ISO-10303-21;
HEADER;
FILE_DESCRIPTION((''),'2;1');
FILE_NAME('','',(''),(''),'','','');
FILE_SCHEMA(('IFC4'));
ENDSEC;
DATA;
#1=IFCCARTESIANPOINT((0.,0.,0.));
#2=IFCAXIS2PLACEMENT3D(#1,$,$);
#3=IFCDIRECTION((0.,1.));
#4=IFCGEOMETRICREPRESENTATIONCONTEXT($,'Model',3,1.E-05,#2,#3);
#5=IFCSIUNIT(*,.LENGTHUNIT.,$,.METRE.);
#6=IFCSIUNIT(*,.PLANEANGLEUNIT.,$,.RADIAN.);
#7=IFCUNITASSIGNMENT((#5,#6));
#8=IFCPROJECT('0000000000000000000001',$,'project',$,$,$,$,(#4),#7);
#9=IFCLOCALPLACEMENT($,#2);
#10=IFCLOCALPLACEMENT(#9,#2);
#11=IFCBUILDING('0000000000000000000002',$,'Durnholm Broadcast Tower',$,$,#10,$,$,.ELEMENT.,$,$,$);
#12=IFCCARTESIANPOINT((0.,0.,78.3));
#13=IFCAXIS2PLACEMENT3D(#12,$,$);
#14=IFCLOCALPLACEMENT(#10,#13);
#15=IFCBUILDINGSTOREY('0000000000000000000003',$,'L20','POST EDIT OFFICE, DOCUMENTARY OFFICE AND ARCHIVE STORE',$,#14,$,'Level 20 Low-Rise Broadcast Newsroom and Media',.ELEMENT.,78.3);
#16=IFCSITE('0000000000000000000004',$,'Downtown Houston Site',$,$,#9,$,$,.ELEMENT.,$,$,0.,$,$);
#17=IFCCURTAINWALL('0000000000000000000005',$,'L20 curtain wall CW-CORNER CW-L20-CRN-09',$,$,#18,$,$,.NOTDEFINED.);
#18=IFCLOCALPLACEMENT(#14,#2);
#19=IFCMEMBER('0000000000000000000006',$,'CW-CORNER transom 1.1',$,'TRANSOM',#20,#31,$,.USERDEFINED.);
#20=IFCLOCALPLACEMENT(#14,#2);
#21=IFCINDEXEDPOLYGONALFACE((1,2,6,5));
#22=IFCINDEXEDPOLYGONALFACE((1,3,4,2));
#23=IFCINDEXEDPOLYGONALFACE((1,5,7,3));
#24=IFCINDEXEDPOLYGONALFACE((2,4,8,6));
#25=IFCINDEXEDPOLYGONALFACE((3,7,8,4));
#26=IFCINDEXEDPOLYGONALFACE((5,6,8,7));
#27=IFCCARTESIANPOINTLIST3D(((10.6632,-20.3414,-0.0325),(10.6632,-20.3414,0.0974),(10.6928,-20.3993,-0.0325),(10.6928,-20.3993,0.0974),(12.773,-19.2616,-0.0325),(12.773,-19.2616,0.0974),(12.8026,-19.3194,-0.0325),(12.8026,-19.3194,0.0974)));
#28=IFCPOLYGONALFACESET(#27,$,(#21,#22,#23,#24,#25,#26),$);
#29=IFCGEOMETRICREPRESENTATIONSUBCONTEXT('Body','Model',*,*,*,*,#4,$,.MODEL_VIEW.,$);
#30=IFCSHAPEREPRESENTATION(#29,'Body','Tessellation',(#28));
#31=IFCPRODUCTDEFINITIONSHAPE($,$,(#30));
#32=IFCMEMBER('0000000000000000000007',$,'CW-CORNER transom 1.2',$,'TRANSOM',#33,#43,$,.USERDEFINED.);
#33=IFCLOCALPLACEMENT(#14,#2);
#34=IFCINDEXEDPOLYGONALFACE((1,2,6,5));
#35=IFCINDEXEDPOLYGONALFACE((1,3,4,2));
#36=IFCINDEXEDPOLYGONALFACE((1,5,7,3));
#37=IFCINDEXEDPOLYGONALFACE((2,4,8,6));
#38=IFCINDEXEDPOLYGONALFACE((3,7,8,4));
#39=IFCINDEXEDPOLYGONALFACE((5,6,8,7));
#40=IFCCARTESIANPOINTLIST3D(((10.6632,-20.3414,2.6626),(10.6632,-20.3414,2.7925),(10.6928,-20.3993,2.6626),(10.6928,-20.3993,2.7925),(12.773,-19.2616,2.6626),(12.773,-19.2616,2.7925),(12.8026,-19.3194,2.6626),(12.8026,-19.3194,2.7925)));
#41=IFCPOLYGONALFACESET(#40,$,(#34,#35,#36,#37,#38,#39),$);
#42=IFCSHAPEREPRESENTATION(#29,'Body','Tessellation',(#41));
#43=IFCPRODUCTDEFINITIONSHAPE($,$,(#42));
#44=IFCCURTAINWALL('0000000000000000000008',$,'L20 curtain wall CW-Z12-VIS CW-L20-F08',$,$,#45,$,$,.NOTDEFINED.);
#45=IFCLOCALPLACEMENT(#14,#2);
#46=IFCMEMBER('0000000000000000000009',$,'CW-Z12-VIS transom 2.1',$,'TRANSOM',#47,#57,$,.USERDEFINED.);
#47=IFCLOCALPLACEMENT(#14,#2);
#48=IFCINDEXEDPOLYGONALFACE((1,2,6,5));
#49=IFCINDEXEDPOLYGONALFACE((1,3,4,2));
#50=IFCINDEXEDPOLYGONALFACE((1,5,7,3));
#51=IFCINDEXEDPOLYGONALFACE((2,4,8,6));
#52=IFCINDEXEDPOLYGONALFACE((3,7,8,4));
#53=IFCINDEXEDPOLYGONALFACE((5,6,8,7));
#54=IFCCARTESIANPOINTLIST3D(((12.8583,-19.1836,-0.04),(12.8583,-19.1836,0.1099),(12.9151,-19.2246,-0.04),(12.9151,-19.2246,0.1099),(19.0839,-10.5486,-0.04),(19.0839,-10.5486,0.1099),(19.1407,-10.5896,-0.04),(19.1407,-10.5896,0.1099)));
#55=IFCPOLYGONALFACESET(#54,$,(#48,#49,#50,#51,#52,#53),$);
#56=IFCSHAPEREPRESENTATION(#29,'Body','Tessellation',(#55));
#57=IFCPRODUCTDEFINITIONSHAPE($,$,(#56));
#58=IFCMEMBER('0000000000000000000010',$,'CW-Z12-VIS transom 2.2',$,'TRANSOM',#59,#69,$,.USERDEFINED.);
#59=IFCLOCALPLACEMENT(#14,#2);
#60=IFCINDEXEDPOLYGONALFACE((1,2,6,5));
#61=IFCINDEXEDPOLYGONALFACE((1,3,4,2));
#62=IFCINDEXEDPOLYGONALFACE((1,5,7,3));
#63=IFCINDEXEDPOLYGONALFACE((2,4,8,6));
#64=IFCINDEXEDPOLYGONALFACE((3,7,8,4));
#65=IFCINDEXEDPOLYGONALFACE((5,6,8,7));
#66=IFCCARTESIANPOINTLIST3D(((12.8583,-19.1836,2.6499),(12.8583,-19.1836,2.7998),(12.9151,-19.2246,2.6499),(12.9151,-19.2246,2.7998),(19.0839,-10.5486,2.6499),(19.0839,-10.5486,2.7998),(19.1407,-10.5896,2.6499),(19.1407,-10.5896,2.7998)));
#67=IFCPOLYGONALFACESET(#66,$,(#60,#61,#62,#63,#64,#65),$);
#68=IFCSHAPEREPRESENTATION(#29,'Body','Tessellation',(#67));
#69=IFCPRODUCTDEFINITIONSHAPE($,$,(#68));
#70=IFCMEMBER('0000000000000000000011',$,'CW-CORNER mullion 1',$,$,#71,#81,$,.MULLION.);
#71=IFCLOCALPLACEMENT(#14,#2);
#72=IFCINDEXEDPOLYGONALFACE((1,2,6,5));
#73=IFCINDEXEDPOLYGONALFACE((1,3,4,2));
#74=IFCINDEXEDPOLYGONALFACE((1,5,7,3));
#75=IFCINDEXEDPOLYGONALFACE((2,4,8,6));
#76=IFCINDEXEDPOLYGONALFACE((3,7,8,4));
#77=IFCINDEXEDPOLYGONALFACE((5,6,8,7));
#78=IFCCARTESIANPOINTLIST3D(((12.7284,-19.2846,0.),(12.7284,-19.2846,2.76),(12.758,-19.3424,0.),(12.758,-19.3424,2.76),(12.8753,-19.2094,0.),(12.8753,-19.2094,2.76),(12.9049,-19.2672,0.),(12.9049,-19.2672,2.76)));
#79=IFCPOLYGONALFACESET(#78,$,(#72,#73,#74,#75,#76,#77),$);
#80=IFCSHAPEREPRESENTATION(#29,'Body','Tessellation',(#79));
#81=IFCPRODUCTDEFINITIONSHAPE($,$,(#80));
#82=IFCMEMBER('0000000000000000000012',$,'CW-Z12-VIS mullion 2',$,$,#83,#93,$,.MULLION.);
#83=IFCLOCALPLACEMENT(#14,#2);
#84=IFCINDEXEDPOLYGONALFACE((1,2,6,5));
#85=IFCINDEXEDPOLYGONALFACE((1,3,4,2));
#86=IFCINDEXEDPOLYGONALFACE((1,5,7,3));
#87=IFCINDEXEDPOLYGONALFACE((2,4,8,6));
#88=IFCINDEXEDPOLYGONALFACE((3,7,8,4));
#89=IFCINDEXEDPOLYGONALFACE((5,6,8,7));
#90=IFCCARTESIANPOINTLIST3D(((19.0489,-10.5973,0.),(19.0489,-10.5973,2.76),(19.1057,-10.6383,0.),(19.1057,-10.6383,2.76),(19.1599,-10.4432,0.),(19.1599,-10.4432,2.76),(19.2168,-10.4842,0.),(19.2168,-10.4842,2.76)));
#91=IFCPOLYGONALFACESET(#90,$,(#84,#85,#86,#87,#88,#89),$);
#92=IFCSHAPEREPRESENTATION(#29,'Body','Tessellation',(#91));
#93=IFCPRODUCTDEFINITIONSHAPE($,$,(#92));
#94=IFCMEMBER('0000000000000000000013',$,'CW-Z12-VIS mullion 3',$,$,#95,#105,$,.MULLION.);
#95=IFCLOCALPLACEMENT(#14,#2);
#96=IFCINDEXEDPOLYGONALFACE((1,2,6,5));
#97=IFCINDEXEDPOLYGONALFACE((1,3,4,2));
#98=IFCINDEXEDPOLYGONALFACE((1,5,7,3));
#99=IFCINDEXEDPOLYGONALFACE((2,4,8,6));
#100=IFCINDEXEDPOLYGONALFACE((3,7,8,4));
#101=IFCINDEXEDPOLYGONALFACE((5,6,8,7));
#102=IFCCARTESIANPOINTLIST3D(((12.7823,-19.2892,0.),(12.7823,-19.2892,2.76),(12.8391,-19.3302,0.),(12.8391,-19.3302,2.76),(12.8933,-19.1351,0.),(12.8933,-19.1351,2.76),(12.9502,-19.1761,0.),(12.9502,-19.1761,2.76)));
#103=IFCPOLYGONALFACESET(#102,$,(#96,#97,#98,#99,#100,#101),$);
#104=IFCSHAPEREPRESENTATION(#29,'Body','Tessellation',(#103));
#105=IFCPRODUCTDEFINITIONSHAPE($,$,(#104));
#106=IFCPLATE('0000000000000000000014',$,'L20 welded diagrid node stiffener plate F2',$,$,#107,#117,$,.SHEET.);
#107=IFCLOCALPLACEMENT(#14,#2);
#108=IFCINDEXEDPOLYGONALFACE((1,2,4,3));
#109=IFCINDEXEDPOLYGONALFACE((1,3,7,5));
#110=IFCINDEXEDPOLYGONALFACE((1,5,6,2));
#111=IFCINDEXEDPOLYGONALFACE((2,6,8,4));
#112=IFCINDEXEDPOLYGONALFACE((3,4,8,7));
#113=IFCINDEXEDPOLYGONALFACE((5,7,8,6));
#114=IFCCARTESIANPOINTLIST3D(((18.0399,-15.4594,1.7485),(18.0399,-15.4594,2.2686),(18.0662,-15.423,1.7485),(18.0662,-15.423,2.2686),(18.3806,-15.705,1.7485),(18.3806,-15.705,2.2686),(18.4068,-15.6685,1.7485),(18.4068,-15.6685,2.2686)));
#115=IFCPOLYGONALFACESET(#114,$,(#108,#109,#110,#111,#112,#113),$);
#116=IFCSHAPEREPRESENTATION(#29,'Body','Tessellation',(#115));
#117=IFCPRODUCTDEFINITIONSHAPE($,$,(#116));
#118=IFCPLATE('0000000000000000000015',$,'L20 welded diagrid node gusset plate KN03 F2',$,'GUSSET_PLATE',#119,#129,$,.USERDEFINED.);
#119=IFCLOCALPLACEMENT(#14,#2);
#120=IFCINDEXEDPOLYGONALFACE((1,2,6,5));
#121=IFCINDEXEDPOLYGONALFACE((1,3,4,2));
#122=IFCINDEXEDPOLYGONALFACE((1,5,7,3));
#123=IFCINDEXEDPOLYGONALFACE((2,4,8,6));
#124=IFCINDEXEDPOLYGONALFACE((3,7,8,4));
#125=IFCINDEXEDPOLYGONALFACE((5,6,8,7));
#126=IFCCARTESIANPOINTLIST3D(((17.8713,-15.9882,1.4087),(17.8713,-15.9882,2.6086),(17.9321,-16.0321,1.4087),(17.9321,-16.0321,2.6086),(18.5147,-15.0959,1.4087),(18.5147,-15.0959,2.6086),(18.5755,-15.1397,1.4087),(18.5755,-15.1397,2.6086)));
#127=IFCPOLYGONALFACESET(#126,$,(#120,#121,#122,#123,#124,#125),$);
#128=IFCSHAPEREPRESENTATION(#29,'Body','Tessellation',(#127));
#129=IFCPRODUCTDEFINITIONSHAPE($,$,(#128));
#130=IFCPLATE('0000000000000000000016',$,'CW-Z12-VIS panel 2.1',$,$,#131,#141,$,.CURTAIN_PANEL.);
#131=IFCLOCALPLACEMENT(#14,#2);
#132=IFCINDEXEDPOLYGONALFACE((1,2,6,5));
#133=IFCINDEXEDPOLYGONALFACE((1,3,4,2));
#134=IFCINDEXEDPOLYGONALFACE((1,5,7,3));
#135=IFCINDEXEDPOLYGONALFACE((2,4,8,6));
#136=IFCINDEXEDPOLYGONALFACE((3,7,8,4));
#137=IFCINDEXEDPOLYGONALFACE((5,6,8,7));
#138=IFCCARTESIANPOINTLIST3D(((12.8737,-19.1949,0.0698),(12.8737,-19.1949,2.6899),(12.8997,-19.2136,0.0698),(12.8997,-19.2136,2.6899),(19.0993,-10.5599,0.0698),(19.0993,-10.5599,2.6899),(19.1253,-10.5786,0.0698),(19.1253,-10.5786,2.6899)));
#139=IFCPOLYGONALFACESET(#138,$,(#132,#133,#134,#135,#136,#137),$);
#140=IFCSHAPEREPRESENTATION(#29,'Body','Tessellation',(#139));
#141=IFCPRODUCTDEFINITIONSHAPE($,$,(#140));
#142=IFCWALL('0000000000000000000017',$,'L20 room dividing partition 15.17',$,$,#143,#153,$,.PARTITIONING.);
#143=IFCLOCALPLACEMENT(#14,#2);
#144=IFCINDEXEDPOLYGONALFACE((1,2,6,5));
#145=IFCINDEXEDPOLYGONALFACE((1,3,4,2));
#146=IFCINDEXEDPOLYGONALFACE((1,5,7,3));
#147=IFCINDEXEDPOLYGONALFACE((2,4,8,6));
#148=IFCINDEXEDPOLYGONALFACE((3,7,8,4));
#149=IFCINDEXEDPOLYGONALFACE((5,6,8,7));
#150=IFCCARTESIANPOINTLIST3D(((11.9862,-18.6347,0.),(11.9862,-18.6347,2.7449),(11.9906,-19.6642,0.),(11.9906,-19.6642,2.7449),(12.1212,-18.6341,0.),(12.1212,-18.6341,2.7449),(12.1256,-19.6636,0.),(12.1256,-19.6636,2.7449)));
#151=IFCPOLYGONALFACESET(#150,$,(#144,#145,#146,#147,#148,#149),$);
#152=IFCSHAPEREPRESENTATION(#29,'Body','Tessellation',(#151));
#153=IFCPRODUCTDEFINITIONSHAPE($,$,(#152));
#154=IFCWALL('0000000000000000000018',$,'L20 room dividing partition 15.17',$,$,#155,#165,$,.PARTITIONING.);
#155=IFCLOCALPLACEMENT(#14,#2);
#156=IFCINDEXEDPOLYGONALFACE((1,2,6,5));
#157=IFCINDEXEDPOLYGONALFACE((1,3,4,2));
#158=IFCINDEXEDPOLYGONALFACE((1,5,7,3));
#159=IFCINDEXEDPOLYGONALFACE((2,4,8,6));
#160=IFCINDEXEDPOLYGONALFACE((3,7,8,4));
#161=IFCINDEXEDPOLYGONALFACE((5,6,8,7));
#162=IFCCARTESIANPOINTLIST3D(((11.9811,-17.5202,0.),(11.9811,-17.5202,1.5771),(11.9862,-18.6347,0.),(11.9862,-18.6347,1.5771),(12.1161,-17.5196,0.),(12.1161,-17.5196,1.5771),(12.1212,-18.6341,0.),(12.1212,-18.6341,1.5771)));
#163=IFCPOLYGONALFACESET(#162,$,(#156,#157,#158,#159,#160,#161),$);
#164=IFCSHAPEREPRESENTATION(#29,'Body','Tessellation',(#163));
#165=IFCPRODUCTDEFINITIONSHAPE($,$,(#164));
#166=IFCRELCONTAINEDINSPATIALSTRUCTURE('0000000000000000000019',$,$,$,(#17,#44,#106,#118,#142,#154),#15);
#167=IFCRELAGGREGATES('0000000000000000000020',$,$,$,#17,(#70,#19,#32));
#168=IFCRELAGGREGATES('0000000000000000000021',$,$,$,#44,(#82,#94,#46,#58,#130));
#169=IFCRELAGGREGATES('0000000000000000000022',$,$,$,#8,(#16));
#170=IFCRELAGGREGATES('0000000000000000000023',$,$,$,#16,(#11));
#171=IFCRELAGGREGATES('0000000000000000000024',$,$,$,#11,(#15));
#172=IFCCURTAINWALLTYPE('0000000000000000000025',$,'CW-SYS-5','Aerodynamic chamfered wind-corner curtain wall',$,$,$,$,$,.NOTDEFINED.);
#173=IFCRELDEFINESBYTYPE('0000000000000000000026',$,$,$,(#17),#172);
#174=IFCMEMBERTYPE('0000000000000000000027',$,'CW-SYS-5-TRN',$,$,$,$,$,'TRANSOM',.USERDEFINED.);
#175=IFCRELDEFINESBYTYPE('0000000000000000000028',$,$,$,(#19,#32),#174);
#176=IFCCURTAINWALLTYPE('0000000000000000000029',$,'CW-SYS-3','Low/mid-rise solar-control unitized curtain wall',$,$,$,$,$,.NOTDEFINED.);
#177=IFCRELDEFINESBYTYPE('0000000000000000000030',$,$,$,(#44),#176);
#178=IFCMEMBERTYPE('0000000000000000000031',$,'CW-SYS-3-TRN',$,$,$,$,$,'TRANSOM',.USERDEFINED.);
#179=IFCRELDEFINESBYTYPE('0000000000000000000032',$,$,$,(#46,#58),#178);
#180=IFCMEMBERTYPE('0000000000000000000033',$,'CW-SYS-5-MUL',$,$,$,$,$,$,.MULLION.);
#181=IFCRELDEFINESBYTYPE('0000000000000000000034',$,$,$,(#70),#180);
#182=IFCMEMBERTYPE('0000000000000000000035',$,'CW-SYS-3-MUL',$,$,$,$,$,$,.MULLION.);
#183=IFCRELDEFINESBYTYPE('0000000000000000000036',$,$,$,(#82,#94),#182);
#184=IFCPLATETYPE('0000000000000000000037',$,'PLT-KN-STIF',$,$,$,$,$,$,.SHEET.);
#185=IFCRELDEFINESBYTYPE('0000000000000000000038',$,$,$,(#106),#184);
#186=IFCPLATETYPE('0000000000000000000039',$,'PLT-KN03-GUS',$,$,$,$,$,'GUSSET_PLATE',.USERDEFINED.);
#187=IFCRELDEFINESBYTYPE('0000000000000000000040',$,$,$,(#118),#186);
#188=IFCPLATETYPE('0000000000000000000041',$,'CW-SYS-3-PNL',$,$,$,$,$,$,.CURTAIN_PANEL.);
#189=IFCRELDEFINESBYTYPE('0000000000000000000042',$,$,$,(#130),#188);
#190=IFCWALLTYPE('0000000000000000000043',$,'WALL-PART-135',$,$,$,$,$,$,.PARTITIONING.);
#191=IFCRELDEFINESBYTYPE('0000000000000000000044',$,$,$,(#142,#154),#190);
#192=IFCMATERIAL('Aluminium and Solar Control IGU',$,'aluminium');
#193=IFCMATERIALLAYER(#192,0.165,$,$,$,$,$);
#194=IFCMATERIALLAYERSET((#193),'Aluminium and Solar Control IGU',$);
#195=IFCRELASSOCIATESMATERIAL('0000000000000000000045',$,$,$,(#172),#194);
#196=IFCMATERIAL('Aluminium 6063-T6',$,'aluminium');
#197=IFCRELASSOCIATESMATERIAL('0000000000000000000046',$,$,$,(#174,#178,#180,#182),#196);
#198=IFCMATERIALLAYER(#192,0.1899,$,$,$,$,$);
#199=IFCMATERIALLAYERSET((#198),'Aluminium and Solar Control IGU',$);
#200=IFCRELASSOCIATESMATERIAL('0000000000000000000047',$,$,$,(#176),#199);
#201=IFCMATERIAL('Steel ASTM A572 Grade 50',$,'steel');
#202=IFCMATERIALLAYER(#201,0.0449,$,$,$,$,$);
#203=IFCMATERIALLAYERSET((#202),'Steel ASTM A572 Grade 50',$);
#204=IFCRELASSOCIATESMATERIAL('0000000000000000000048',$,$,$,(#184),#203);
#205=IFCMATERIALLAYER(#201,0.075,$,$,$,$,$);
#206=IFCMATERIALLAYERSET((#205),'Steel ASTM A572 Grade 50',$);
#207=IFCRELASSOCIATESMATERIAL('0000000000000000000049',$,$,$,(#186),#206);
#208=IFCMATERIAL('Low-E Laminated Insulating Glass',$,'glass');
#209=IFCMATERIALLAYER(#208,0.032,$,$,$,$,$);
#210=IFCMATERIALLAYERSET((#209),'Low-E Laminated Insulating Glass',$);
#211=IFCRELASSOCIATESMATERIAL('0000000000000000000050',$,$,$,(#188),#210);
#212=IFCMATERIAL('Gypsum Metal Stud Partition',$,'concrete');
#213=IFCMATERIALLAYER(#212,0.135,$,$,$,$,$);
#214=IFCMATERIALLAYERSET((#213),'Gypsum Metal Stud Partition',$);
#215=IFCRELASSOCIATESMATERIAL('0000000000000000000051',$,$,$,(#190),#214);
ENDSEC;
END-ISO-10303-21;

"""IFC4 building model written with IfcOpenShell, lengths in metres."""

from ifc_helpers import new_model, si_unit, direction, frame, frame_2d, origin, origin_2d, place, context, subcontext, project, spatial, rectangle, extrude, source, transform, mapped, material, layer, layer_set, material_profile, profile_set, type_object, type_shapes, element, aggregate, save


model = new_model("IFC4")

# Units and contexts
model_context = context("Model", 3, precision=1e-05, world=origin(), true_north=direction((0.0, 1.0)))
body_context = subcontext(model_context, "Body", "Model", "MODEL_VIEW")
ifc_project = project(units=[si_unit("LENGTHUNIT", "METRE"), si_unit("PLANEANGLEUNIT", "RADIAN")], contexts=[model_context])

# Site, building, storey
site_placement = place(None, origin())
site = spatial("IfcSite", under=ifc_project, at=site_placement, Name="Downtown Houston Site", CompositionType="ELEMENT", RefElevation=0.0)
building_placement = place(site_placement, origin())
building = spatial("IfcBuilding", under=site, at=building_placement, Name="Durnholm Broadcast Tower", CompositionType="ELEMENT")
storey_placement = place(building_placement, frame((0.0, 0.0, 78.3)))
storey = spatial("IfcBuildingStorey", under=building, at=storey_placement, Name="L20", Description="POST EDIT OFFICE, DOCUMENTARY OFFICE AND ARCHIVE STORE", LongName="Level 20 Low-Rise Broadcast Newsroom and Media", CompositionType="ELEMENT", Elevation=78.3)

# Curtain walls, members
ifc_material_1 = material(Name="Aluminium and Solar Control IGU", Category="aluminium")
ifc_layer_1 = layer(ifc_material_1, 0.165)
ifc_layer_set_1 = layer_set([ifc_layer_1], Name="Aluminium and Solar Control IGU")
curtain_wall_type_1 = type_object("IfcCurtainWallType", Name="CW-SYS-5", Description="Aerodynamic chamfered wind-corner curtain wall", PredefinedType="NOTDEFINED", material=ifc_layer_set_1)
curtain_wall_1_placement = place(storey_placement, origin())
curtain_wall_1 = element("IfcCurtainWall", 1, at=curtain_wall_1_placement, inside=storey, type_object=curtain_wall_type_1, Name="L20 curtain wall CW-CORNER CW-L20-CRN-09", PredefinedType="NOTDEFINED")
ifc_material_2 = material(Name="Aluminium 6063-T6", Category="aluminium")
ifc_material_profile_1 = material_profile(ifc_material_2, rectangle(XDim=0.0649, YDim=0.1299, at=origin_2d()), Name="CWT65X130")
ifc_profile_set_1 = profile_set([ifc_material_profile_1], Name="Aluminium 6063-T6")
member_type_1 = type_object("IfcMemberType", Name="CW-SYS-5-TRN", ElementType="TRANSOM", PredefinedType="USERDEFINED", material=ifc_profile_set_1)
shared_shape_1 = source(origin(), body_context, "Body", "SweptSolid", [
    extrude(rectangle(XDim=0.0649, YDim=0.1299, at=origin_2d()), origin(), (0.0, 0.0, 1.0), 2.3701),
])
type_shapes(member_type_1, [shared_shape_1])
member_1_placement = place(storey_placement, frame((12.7878, -19.2905, 0.0325), z_axis=(-0.890185, -0.455599, 0.0), x_axis=(0.455599, -0.890185, 0.0)))
member_1 = element("IfcMember", 2, at=member_1_placement, type_object=member_type_1, Name="CW-CORNER transom 1.1", ObjectType="TRANSOM", PredefinedType="USERDEFINED", context=body_context, shape_type="MappedRepresentation", body=[
    mapped(shared_shape_1, transform((0.0, 0.0, 0.0), x_axis=(1.0, 0.0, 0.0), y_axis=(0.0, 1.0, 0.0), z_axis=(0.0, 0.0, 1.0), scale=1.0)),
])
member_2_placement = place(storey_placement, frame((12.7878, -19.2905, 2.7275), z_axis=(-0.890185, -0.455599, 0.0), x_axis=(0.455599, -0.890185, 0.0)))
member_2 = element("IfcMember", 3, at=member_2_placement, type_object=member_type_1, Name="CW-CORNER transom 1.2", ObjectType="TRANSOM", PredefinedType="USERDEFINED", context=body_context, shape_type="MappedRepresentation", body=[
    mapped(shared_shape_1, transform((0.0, 0.0, 0.0), x_axis=(1.0, 0.0, 0.0), y_axis=(0.0, 1.0, 0.0), z_axis=(0.0, 0.0, 1.0), scale=1.0)),
])
ifc_layer_2 = layer(ifc_material_1, 0.1899)
ifc_layer_set_2 = layer_set([ifc_layer_2], Name="Aluminium and Solar Control IGU")
curtain_wall_type_2 = type_object("IfcCurtainWallType", Name="CW-SYS-3", Description="Low/mid-rise solar-control unitized curtain wall", PredefinedType="NOTDEFINED", material=ifc_layer_set_2)
curtain_wall_2_placement = place(storey_placement, origin())
curtain_wall_2 = element("IfcCurtainWall", 4, at=curtain_wall_2_placement, inside=storey, type_object=curtain_wall_type_2, Name="L20 curtain wall CW-Z12-VIS CW-L20-F08", PredefinedType="NOTDEFINED")
ifc_material_profile_2 = material_profile(ifc_material_2, rectangle(XDim=0.0701, YDim=0.1499, at=origin_2d()), Name="CWT70X150")
ifc_profile_set_2 = profile_set([ifc_material_profile_2], Name="Aluminium 6063-T6")
member_type_2 = type_object("IfcMemberType", Name="CW-SYS-3-TRN", ElementType="TRANSOM", PredefinedType="USERDEFINED", material=ifc_profile_set_2)
shared_shape_2 = source(origin(), body_context, "Body", "SweptSolid", [
    extrude(rectangle(XDim=0.0701, YDim=0.1499, at=origin_2d()), origin(), (0.0, 0.0, 1.0), 10.6453),
])
type_shapes(member_type_2, [shared_shape_2])
member_3_placement = place(storey_placement, frame((19.1123, -10.5691, 0.0349), z_axis=(-0.584823, -0.811161, 0.0), x_axis=(0.811161, -0.584823, 0.0)))
member_3 = element("IfcMember", 5, at=member_3_placement, type_object=member_type_2, Name="CW-Z12-VIS transom 2.1", ObjectType="TRANSOM", PredefinedType="USERDEFINED", context=body_context, shape_type="MappedRepresentation", body=[
    mapped(shared_shape_2, transform((0.0, 0.0, 0.0), x_axis=(1.0, 0.0, 0.0), y_axis=(0.0, 1.0, 0.0), z_axis=(0.0, 0.0, 1.0), scale=1.0)),
])
member_4_placement = place(storey_placement, frame((19.1123, -10.5691, 2.7249), z_axis=(-0.584823, -0.811161, 0.0), x_axis=(0.811161, -0.584823, 0.0)))
member_4 = element("IfcMember", 6, at=member_4_placement, type_object=member_type_2, Name="CW-Z12-VIS transom 2.2", ObjectType="TRANSOM", PredefinedType="USERDEFINED", context=body_context, shape_type="MappedRepresentation", body=[
    mapped(shared_shape_2, transform((0.0, 0.0, 0.0), x_axis=(1.0, 0.0, 0.0), y_axis=(0.0, 1.0, 0.0), z_axis=(0.0, 0.0, 1.0), scale=1.0)),
])

# Members
ifc_material_profile_3 = material_profile(ifc_material_2, rectangle(XDim=0.0649, YDim=0.165, at=origin_2d()), Name="CWM65X165")
ifc_profile_set_3 = profile_set([ifc_material_profile_3], Name="Aluminium 6063-T6")
member_type_3 = type_object("IfcMemberType", Name="CW-SYS-5-MUL", PredefinedType="MULLION", material=ifc_profile_set_3)
shared_shape_3 = source(origin(), body_context, "Body", "SweptSolid", [
    extrude(rectangle(XDim=0.0649, YDim=0.165, at=origin_2d()), origin(), (0.0, 0.0, 1.0), 2.76),
])
type_shapes(member_type_3, [shared_shape_3])
member_5_placement = place(storey_placement, frame((12.8167, -19.2759, 0.0), z_axis=(0.0, 0.0, 1.0), x_axis=(0.455594, -0.890188, 0.0)))
member_5 = element("IfcMember", 7, at=member_5_placement, type_object=member_type_3, Name="CW-CORNER mullion 1", PredefinedType="MULLION", context=body_context, shape_type="MappedRepresentation", body=[
    mapped(shared_shape_3, transform((0.0, 0.0, 0.0), x_axis=(1.0, 0.0, 0.0), y_axis=(0.0, 1.0, 0.0), z_axis=(0.0, 0.0, 1.0), scale=1.0)),
])
aggregate(curtain_wall_1, [member_5, member_1, member_2])
ifc_material_profile_4 = material_profile(ifc_material_2, rectangle(XDim=0.0701, YDim=0.1899, at=origin_2d()), Name="CWM70X190")
ifc_profile_set_4 = profile_set([ifc_material_profile_4], Name="Aluminium 6063-T6")
member_type_4 = type_object("IfcMemberType", Name="CW-SYS-3-MUL", PredefinedType="MULLION", material=ifc_profile_set_4)
shared_shape_4 = source(origin(), body_context, "Body", "SweptSolid", [
    extrude(rectangle(XDim=0.0701, YDim=0.1899, at=origin_2d()), origin(), (0.0, 0.0, 1.0), 2.76),
])
type_shapes(member_type_4, [shared_shape_4])
member_6_placement = place(storey_placement, frame((19.1328, -10.5408, 0.0), z_axis=(0.0, 0.0, 1.0), x_axis=(0.811161, -0.584823, 0.0)))
member_6 = element("IfcMember", 8, at=member_6_placement, type_object=member_type_4, Name="CW-Z12-VIS mullion 2", PredefinedType="MULLION", context=body_context, shape_type="MappedRepresentation", body=[
    mapped(shared_shape_4, transform((0.0, 0.0, 0.0), x_axis=(1.0, 0.0, 0.0), y_axis=(0.0, 1.0, 0.0), z_axis=(0.0, 0.0, 1.0), scale=1.0)),
])
member_7_placement = place(storey_placement, frame((12.8662, -19.2327, 0.0), z_axis=(0.0, 0.0, 1.0), x_axis=(0.811161, -0.584823, 0.0)))
member_7 = element("IfcMember", 9, at=member_7_placement, type_object=member_type_4, Name="CW-Z12-VIS mullion 3", PredefinedType="MULLION", context=body_context, shape_type="MappedRepresentation", body=[
    mapped(shared_shape_4, transform((0.0, 0.0, 0.0), x_axis=(1.0, 0.0, 0.0), y_axis=(0.0, 1.0, 0.0), z_axis=(0.0, 0.0, 1.0), scale=1.0)),
])

# Plates
ifc_material_3 = material(Name="Steel ASTM A572 Grade 50", Category="steel")
ifc_layer_3 = layer(ifc_material_3, 0.0449)
ifc_layer_set_3 = layer_set([ifc_layer_3], Name="Steel ASTM A572 Grade 50")
plate_type_1 = type_object("IfcPlateType", Name="PLT-KN-STIF", PredefinedType="SHEET", material=ifc_layer_set_3)
shared_shape_5 = source(origin(), body_context, "Body", "SweptSolid", [
    extrude(rectangle(XDim=0.0449, YDim=0.4199, at=origin_2d()), origin(), (0.0, 0.0, 1.0), 0.52),
])
type_shapes(plate_type_1, [shared_shape_5])
plate_1_placement = place(storey_placement, frame((18.2234, -15.564, 1.7485), z_axis=(0.0, 0.0, 1.0), x_axis=(0.584816, 0.811166, 0.0)))
element("IfcPlate", 10, at=plate_1_placement, inside=storey, type_object=plate_type_1, Name="L20 welded diagrid node stiffener plate F2", PredefinedType="SHEET", context=body_context, shape_type="MappedRepresentation", body=[
    mapped(shared_shape_5, transform((0.0, 0.0, 0.0), x_axis=(1.0, 0.0, 0.0), y_axis=(0.0, 1.0, 0.0), z_axis=(0.0, 0.0, 1.0), scale=1.0)),
])
ifc_layer_4 = layer(ifc_material_3, 0.075)
ifc_layer_set_4 = layer_set([ifc_layer_4], Name="Steel ASTM A572 Grade 50")
plate_type_2 = type_object("IfcPlateType", Name="PLT-KN03-GUS", ElementType="GUSSET_PLATE", PredefinedType="USERDEFINED", material=ifc_layer_set_4)
shared_shape_6 = source(origin(), body_context, "Body", "SweptSolid", [
    extrude(rectangle(XDim=1.1001, YDim=0.075, at=origin_2d()), origin(), (0.0, 0.0, 1.0), 1.2),
])
type_shapes(plate_type_2, [shared_shape_6])
plate_2_placement = place(storey_placement, frame((18.2234, -15.564, 1.4087), z_axis=(0.0, 0.0, 1.0), x_axis=(0.584816, 0.811166, 0.0)))
element("IfcPlate", 11, at=plate_2_placement, inside=storey, type_object=plate_type_2, Name="L20 welded diagrid node gusset plate KN03 F2", ObjectType="GUSSET_PLATE", PredefinedType="USERDEFINED", context=body_context, shape_type="MappedRepresentation", body=[
    mapped(shared_shape_6, transform((0.0, 0.0, 0.0), x_axis=(1.0, 0.0, 0.0), y_axis=(0.0, 1.0, 0.0), z_axis=(0.0, 0.0, 1.0), scale=1.0)),
])

# Plate
ifc_material_4 = material(Name="Low-E Laminated Insulating Glass", Category="glass")
ifc_layer_5 = layer(ifc_material_4, 0.032)
ifc_layer_set_5 = layer_set([ifc_layer_5], Name="Low-E Laminated Insulating Glass")
plate_type_3 = type_object("IfcPlateType", Name="CW-SYS-3-PNL", PredefinedType="CURTAIN_PANEL", material=ifc_layer_set_5)
shared_shape_7 = source(origin(), body_context, "Body", "SweptSolid", [
    extrude(rectangle(XDim=10.6453, YDim=0.032, at=origin_2d()), origin(), (0.0, 0.0, 1.0), 2.6201),
])
type_shapes(plate_type_3, [shared_shape_7])
plate_3_placement = place(storey_placement, frame((15.9995, -14.8867, 0.0698), z_axis=(0.0, 0.0, 1.0), x_axis=(-0.584823, -0.811161, 0.0)))
plate_3 = element("IfcPlate", 12, at=plate_3_placement, type_object=plate_type_3, Name="CW-Z12-VIS panel 2.1", PredefinedType="CURTAIN_PANEL", context=body_context, shape_type="MappedRepresentation", body=[
    mapped(shared_shape_7, transform((0.0, 0.0, 0.0), x_axis=(1.0, 0.0, 0.0), y_axis=(0.0, 1.0, 0.0), z_axis=(0.0, 0.0, 1.0), scale=1.0)),
])
aggregate(curtain_wall_2, [member_6, member_7, member_3, member_4, plate_3])

# Walls
ifc_material_5 = material(Name="Gypsum Metal Stud Partition", Category="concrete")
ifc_layer_6 = layer(ifc_material_5, 0.135)
ifc_layer_set_6 = layer_set([ifc_layer_6], Name="Gypsum Metal Stud Partition")
wall_type_1 = type_object("IfcWallType", Name="WALL-PART-135", PredefinedType="PARTITIONING", material=ifc_layer_set_6)
wall_1_placement = place(storey_placement, frame((12.0537, -18.6345, 0.0), z_axis=(0.0, 0.0, 1.0), x_axis=(0.004268, -0.999991, 0.0)))
element("IfcWall", 13, at=wall_1_placement, inside=storey, type_object=wall_type_1, Name="L20 room dividing partition 15.17", PredefinedType="PARTITIONING", context=body_context, shape_type="SweptSolid", body=[
    extrude(rectangle(XDim=1.0295, YDim=0.135, at=frame_2d((0.5146, 0.0))), origin(), (0.0, 0.0, 1.0), 2.7449),
])
wall_2_placement = place(storey_placement, frame((12.0486, -17.52, 0.0), z_axis=(0.0, 0.0, 1.0), x_axis=(0.0046, -0.999989, 0.0)))
element("IfcWall", 14, at=wall_2_placement, inside=storey, type_object=wall_type_1, Name="L20 room dividing partition 15.17", PredefinedType="PARTITIONING", context=body_context, shape_type="SweptSolid", body=[
    extrude(rectangle(XDim=1.1145, YDim=0.135, at=frame_2d((0.5571, 0.0))), origin(), (0.0, 0.0, 1.0), 1.5771),
])

save(model, "model.ifc")
